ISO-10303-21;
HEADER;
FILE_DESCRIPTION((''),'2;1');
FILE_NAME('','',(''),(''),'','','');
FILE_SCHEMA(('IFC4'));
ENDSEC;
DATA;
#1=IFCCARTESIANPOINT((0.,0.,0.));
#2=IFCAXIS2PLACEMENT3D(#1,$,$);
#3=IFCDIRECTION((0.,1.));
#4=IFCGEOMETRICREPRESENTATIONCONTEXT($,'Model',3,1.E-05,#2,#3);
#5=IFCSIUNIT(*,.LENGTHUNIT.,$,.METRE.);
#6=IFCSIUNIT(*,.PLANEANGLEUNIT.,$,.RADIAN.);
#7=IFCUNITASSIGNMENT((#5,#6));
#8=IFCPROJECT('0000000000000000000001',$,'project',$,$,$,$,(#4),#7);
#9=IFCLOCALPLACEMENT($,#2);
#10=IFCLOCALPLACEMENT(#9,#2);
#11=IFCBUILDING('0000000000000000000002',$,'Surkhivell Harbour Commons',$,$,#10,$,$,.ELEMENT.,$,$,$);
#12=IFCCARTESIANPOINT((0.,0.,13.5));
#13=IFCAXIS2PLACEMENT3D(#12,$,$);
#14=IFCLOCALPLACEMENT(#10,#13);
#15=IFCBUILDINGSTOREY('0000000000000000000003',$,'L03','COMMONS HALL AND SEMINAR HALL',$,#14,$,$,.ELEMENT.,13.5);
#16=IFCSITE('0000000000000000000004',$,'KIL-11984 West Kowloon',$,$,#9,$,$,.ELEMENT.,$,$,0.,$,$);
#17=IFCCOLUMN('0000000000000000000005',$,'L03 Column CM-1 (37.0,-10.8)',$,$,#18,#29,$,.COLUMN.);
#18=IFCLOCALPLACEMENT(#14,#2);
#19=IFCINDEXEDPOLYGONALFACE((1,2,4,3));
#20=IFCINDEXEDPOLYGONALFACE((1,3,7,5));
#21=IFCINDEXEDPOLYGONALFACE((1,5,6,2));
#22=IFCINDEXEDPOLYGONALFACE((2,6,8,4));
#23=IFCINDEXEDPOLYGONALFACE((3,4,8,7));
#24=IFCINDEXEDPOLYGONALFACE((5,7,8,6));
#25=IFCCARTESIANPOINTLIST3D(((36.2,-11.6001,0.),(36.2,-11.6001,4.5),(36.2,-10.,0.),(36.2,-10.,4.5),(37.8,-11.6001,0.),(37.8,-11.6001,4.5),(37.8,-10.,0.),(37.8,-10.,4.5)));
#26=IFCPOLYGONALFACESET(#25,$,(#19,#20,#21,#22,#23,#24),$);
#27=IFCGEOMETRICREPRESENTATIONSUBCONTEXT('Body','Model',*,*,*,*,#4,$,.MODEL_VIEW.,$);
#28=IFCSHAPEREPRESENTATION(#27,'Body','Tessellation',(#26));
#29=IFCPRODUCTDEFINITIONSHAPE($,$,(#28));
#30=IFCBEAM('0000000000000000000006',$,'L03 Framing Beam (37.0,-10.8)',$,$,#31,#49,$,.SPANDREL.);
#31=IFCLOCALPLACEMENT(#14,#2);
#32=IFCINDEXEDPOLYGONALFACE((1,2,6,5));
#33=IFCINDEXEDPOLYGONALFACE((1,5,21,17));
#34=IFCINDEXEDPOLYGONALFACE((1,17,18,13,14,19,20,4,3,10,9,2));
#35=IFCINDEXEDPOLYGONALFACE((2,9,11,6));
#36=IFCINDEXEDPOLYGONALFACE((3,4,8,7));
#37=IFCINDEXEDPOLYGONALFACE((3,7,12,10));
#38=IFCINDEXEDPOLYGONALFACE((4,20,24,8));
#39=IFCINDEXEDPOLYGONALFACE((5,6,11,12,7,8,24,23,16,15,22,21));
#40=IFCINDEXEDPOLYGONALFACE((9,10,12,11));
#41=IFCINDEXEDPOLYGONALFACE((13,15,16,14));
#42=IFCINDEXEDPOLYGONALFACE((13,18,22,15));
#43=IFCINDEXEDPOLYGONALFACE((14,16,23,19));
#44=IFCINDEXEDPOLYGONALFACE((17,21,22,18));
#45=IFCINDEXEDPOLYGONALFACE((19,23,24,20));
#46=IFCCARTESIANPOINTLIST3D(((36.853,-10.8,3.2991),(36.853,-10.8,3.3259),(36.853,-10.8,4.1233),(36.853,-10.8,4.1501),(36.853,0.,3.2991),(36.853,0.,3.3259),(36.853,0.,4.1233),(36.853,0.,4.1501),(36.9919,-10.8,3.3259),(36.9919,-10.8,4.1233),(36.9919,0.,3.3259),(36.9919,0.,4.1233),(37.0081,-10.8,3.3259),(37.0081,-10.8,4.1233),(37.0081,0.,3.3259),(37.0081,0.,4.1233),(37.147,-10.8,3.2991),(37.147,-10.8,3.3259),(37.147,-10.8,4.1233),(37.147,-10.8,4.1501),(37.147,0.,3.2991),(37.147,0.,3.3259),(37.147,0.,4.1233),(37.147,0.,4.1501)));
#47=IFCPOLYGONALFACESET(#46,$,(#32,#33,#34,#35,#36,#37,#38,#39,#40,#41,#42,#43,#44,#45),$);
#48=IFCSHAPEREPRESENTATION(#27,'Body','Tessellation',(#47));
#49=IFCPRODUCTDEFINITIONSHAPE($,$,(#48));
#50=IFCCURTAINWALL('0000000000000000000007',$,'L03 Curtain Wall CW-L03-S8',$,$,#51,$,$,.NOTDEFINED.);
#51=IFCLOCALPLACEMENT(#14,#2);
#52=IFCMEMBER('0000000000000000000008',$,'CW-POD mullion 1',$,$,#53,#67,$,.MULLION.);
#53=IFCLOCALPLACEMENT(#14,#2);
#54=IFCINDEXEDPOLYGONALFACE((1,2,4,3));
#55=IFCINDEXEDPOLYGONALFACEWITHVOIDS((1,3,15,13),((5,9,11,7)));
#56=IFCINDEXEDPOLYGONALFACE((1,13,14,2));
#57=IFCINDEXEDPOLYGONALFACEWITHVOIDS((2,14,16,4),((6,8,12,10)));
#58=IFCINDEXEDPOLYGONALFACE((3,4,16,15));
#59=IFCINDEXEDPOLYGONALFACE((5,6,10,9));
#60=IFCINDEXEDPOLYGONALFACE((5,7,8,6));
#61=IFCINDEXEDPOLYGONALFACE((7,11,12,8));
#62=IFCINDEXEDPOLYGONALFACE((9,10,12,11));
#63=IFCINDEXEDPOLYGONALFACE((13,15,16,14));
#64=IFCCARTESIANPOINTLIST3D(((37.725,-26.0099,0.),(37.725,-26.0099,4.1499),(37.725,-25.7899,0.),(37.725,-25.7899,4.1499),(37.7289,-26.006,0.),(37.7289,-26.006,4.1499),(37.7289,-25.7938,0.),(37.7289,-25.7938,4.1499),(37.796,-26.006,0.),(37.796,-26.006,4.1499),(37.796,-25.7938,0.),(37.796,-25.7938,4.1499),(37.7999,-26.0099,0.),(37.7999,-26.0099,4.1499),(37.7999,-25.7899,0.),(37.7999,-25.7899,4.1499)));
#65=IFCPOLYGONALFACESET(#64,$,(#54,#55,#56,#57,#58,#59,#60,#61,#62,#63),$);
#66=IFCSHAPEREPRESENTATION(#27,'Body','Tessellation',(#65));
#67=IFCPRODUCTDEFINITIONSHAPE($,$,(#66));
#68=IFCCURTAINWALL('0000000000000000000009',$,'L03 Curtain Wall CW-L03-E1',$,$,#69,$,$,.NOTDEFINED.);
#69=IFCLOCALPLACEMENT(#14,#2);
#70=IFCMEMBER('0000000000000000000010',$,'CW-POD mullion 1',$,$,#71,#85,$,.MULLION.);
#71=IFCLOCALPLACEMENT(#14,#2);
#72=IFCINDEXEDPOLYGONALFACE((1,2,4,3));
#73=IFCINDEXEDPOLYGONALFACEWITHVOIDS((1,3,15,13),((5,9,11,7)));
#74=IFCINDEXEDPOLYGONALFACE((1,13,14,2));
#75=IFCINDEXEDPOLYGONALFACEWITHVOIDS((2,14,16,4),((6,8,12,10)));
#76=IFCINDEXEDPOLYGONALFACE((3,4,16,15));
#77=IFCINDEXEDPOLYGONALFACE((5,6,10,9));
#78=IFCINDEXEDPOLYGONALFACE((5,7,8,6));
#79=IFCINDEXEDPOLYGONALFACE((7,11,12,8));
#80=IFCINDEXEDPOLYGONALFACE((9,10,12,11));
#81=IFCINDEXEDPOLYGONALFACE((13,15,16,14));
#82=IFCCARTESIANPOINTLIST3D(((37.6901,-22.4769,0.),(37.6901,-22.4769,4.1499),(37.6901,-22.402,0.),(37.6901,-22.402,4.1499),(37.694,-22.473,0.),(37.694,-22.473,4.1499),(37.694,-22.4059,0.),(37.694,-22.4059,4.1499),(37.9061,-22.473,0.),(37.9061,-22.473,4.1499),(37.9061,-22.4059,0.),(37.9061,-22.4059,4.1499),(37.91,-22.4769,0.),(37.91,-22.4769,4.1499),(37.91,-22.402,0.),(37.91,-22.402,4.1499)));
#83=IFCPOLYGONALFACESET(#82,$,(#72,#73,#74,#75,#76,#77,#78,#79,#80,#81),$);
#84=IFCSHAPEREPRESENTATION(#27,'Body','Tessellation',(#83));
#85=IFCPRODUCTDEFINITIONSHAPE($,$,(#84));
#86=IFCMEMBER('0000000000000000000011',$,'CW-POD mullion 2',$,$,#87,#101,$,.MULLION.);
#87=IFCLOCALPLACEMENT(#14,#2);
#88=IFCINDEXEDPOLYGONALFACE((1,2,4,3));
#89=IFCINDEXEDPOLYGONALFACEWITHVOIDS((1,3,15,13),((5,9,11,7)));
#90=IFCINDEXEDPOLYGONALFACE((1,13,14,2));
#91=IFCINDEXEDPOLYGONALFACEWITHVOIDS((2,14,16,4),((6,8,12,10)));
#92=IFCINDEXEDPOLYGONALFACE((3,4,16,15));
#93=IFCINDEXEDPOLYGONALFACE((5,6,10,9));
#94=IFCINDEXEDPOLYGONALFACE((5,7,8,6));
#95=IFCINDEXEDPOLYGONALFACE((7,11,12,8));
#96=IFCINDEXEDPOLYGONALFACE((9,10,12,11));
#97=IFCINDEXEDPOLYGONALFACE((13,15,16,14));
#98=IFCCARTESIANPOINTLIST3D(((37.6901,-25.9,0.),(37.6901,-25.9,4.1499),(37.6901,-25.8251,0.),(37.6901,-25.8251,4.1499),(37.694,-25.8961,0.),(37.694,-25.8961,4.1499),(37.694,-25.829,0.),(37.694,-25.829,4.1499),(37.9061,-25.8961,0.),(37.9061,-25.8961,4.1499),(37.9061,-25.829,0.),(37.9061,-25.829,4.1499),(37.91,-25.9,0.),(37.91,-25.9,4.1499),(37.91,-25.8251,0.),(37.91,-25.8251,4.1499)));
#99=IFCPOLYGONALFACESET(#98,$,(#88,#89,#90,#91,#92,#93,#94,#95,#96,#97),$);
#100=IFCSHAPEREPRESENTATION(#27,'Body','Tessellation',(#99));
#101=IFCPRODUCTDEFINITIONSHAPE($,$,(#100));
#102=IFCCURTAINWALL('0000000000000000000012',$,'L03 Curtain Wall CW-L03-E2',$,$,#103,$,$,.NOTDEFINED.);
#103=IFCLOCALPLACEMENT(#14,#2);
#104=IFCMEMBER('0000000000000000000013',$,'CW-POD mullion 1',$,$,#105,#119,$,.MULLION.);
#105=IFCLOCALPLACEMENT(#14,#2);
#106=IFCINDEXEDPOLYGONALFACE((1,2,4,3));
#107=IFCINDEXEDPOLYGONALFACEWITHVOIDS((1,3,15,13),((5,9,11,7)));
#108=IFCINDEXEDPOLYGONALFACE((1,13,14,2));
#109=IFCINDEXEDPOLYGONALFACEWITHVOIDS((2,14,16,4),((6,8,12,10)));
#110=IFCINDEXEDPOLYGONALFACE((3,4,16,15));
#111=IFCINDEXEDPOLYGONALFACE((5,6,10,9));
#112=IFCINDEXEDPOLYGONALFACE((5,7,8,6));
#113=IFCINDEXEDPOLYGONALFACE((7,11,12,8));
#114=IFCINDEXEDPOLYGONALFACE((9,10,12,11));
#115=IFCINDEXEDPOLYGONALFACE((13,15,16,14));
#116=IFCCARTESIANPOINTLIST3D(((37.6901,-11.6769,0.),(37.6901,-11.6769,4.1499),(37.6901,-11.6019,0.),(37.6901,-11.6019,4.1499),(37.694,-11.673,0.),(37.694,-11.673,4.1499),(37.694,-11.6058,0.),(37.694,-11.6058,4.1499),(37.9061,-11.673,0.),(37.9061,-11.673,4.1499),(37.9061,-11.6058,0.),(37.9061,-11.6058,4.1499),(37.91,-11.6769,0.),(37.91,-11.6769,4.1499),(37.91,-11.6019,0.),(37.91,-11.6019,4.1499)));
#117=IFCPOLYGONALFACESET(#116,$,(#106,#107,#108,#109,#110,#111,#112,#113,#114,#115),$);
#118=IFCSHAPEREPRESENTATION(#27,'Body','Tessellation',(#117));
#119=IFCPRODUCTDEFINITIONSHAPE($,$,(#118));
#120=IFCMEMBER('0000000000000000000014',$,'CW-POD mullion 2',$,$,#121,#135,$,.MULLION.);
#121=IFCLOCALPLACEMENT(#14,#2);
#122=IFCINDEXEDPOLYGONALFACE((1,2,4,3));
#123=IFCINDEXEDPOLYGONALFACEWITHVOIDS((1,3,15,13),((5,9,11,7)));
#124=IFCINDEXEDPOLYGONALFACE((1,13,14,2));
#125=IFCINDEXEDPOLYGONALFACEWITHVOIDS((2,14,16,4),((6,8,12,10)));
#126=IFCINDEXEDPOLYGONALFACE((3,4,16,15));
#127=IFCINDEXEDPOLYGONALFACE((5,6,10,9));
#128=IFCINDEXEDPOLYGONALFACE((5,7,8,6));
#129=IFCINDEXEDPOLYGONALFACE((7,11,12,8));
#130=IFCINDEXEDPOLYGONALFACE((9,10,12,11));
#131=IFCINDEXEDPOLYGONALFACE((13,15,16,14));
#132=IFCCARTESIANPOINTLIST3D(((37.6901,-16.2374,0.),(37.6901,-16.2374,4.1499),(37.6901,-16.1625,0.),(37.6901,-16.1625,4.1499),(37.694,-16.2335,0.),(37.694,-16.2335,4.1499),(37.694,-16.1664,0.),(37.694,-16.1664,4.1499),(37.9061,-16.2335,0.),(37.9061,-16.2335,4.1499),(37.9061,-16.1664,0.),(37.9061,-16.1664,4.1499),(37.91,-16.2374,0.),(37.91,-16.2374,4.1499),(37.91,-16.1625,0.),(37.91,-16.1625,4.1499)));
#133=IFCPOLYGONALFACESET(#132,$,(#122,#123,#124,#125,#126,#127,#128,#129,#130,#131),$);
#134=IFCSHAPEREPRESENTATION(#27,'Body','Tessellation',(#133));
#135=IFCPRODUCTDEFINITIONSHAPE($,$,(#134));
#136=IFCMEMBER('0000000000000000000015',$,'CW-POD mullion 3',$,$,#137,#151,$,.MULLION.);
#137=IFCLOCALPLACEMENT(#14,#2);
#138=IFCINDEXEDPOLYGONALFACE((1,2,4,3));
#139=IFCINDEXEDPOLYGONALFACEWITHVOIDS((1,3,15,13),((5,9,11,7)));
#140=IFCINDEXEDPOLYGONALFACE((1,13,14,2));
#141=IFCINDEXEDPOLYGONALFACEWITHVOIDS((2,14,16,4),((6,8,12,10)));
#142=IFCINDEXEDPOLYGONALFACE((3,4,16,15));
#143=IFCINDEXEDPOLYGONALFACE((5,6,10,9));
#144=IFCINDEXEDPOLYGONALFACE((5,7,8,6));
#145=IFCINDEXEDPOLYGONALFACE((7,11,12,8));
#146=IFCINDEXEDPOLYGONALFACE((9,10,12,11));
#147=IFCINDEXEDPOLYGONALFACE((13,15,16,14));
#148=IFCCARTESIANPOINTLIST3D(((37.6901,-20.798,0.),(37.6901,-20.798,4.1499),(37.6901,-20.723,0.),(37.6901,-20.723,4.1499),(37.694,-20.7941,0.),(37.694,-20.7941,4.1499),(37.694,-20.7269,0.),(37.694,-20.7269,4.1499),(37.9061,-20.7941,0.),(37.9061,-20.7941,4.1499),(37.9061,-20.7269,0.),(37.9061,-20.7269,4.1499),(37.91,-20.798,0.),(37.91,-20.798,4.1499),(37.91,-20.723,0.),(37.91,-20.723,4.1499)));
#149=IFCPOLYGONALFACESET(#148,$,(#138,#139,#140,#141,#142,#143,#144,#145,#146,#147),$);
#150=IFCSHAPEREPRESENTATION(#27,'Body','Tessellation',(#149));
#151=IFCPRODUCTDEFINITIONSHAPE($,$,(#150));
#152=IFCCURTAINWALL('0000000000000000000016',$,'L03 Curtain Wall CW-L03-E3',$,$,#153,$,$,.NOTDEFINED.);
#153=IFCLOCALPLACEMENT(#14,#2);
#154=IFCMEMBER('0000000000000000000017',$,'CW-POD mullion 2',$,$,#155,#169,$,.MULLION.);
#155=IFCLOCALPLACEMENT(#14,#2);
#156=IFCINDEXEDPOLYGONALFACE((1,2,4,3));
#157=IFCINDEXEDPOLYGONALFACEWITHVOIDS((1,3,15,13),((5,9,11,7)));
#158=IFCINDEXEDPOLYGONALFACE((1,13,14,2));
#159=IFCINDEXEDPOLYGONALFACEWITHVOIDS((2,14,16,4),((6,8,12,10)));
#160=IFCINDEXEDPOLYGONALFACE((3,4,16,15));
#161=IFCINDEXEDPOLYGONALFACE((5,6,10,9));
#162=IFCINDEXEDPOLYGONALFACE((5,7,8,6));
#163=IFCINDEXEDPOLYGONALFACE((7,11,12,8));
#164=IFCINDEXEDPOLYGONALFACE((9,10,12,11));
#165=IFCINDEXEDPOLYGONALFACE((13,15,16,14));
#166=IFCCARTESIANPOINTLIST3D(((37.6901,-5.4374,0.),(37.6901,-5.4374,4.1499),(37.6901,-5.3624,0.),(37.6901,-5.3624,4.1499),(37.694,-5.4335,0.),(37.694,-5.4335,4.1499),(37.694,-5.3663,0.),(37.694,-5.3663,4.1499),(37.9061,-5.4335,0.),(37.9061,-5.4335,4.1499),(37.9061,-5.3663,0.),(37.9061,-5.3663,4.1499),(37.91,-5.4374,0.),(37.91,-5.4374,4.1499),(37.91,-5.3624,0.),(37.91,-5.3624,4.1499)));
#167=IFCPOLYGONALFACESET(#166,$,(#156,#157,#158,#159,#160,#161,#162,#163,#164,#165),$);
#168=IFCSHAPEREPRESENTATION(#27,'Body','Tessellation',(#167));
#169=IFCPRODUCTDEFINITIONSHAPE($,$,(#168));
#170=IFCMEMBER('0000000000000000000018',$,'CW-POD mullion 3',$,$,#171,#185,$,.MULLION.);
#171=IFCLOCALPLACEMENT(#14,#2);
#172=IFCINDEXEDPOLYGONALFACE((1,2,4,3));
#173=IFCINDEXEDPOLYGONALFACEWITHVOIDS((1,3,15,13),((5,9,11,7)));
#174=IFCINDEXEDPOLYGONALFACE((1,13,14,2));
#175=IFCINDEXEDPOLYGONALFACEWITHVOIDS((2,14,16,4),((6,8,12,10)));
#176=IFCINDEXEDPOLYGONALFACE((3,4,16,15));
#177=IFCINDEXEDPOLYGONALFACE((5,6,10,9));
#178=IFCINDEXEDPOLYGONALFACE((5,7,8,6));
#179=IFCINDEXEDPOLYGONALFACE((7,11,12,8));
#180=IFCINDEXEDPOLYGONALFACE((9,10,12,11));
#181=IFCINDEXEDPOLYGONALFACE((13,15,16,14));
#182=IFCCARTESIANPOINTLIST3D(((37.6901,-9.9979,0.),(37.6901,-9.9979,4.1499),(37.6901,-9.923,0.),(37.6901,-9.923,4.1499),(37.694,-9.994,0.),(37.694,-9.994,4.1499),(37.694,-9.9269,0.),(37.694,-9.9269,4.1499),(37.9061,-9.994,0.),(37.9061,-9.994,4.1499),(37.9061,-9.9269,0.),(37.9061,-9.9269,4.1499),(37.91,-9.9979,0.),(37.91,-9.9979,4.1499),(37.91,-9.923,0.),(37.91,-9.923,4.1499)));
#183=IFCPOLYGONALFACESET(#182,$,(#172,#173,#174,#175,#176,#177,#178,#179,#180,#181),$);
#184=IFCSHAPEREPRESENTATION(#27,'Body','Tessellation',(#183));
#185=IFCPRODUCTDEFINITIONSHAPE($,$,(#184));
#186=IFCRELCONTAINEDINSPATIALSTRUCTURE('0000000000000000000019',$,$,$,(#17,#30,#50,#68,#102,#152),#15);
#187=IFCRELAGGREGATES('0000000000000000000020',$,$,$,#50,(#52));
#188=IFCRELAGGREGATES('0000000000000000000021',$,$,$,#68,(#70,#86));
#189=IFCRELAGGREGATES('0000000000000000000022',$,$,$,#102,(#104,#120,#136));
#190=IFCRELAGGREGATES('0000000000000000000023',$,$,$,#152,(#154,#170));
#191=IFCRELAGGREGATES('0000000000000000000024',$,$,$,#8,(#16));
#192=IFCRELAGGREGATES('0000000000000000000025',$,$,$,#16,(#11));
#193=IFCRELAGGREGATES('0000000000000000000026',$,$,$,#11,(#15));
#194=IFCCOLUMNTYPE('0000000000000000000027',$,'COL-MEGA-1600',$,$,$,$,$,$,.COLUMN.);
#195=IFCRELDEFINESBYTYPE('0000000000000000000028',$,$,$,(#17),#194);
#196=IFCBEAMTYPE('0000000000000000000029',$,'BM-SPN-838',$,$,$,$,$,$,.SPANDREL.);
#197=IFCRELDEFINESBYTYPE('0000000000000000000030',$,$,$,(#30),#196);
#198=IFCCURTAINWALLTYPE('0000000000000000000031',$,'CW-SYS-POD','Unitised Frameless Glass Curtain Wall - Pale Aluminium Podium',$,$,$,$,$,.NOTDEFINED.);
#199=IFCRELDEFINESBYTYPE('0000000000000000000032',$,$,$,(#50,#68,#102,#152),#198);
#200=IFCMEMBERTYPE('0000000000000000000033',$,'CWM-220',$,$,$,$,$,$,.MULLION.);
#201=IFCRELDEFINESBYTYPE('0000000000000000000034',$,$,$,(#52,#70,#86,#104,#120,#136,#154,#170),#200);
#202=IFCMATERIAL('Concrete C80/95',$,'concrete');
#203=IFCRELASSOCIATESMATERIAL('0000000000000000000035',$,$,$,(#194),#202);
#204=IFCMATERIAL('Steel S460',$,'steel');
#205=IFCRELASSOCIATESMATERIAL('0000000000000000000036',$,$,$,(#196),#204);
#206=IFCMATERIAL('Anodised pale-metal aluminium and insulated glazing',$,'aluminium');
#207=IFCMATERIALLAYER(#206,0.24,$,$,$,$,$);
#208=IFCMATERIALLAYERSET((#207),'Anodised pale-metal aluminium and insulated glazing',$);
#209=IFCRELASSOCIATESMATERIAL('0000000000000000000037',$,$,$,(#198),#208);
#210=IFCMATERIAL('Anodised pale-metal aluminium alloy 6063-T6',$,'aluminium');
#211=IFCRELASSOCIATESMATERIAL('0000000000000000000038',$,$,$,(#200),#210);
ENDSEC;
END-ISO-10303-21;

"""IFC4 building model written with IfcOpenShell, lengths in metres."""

from ifc_helpers import new_model, si_unit, direction, frame, origin, origin_2d, place, context, subcontext, project, spatial, rectangle, hollow_rectangle, i_section, extrude, material, layer, layer_set, material_profile, profile_set, type_object, element, aggregate, save


model = new_model("IFC4")

# Units and contexts
model_context = context("Model", 3, precision=1e-05, world=origin(), true_north=direction((0.0, 1.0)))
body_context = subcontext(model_context, "Body", "Model", "MODEL_VIEW")
ifc_project = project(units=[si_unit("LENGTHUNIT", "METRE"), si_unit("PLANEANGLEUNIT", "RADIAN")], contexts=[model_context])

# Site, building, storey
site_placement = place(None, origin())
site = spatial("IfcSite", under=ifc_project, at=site_placement, Name="KIL-11984 West Kowloon", CompositionType="ELEMENT", RefElevation=0.0)
building_placement = place(site_placement, origin())
building = spatial("IfcBuilding", under=site, at=building_placement, Name="Surkhivell Harbour Commons", CompositionType="ELEMENT")
storey_placement = place(building_placement, frame((0.0, 0.0, 13.5)))
storey = spatial("IfcBuildingStorey", under=building, at=storey_placement, Name="L03", Description="COMMONS HALL AND SEMINAR HALL", CompositionType="ELEMENT", Elevation=13.5)

# Column
ifc_material_1 = material(Name="Concrete C80/95", Category="concrete")
ifc_material_profile_1 = material_profile(ifc_material_1, rectangle(XDim=1.6001, YDim=1.6001, at=origin_2d()), Name="RC-COL-1600x1600")
ifc_profile_set_1 = profile_set([ifc_material_profile_1], Name="Concrete C80/95")
column_type = type_object("IfcColumnType", Name="COL-MEGA-1600", PredefinedType="COLUMN", material=ifc_profile_set_1)
column_placement = place(storey_placement, frame((37.0, -10.8, 0.0), z_axis=(0.0, 0.0, 1.0), x_axis=(1.0, 0.0, 0.0)))
element("IfcColumn", 1, at=column_placement, inside=storey, type_object=column_type, Name="L03 Column CM-1 (37.0,-10.8)", PredefinedType="COLUMN", context=body_context, shape_type="SweptSolid", body=[
    extrude(rectangle(XDim=1.6001, YDim=1.6001, at=origin_2d()), origin(), (0.0, 0.0, 1.0), 4.5),
])

# Beam
ifc_material_2 = material(Name="Steel S460", Category="steel")
ifc_material_profile_2 = material_profile(ifc_material_2, i_section(OverallWidth=0.2939, OverallDepth=0.8511, WebThickness=0.0161, FlangeThickness=0.0269, at=origin_2d()), Name="UB838x292x226")
ifc_profile_set_2 = profile_set([ifc_material_profile_2], Name="Steel S460")
beam_type = type_object("IfcBeamType", Name="BM-SPN-838", PredefinedType="SPANDREL", material=ifc_profile_set_2)
beam_placement = place(storey_placement, frame((37.0, -10.8, 3.7246), z_axis=(0.0, 1.0, 0.0), x_axis=(-1.0, 0.0, 0.0)))
element("IfcBeam", 2, at=beam_placement, inside=storey, type_object=beam_type, Name="L03 Framing Beam (37.0,-10.8)", PredefinedType="SPANDREL", context=body_context, shape_type="SweptSolid", body=[
    extrude(i_section(OverallWidth=0.2939, OverallDepth=0.8511, WebThickness=0.0161, FlangeThickness=0.0269, at=origin_2d()), origin(), (0.0, 0.0, 1.0), 10.8),
])

# Curtain wall, member
ifc_material_3 = material(Name="Anodised pale-metal aluminium and insulated glazing", Category="aluminium")
ifc_layer_1 = layer(ifc_material_3, 0.24)
ifc_layer_set_1 = layer_set([ifc_layer_1], Name="Anodised pale-metal aluminium and insulated glazing")
curtain_wall_type = type_object("IfcCurtainWallType", Name="CW-SYS-POD", Description="Unitised Frameless Glass Curtain Wall - Pale Aluminium Podium", PredefinedType="NOTDEFINED", material=ifc_layer_set_1)
curtain_wall_1_placement = place(storey_placement, origin())
curtain_wall_1 = element("IfcCurtainWall", 3, at=curtain_wall_1_placement, inside=storey, type_object=curtain_wall_type, Name="L03 Curtain Wall CW-L03-S8", PredefinedType="NOTDEFINED")
ifc_material_4 = material(Name="Anodised pale-metal aluminium alloy 6063-T6", Category="aluminium")
ifc_material_profile_3 = material_profile(ifc_material_4, hollow_rectangle(XDim=0.075, YDim=0.22, WallThickness=0.0039, at=origin_2d()), Name="ALU-MULL-75x220")
ifc_profile_set_3 = profile_set([ifc_material_profile_3], Name="Anodised pale-metal aluminium alloy 6063-T6")
member_type_1 = type_object("IfcMemberType", Name="CWM-220", PredefinedType="MULLION", material=ifc_profile_set_3)
member_1_placement = place(storey_placement, frame((37.7625, -25.8999, 0.0), z_axis=(0.0, 0.0, 1.0), x_axis=(-1.0, 0.0, 0.0)))
member_1 = element("IfcMember", 4, at=member_1_placement, type_object=member_type_1, Name="CW-POD mullion 1", PredefinedType="MULLION", context=body_context, shape_type="SweptSolid", body=[
    extrude(hollow_rectangle(XDim=0.075, YDim=0.22, WallThickness=0.0039, at=origin_2d()), origin(), (0.0, 0.0, 1.0), 4.1499),
])

# Curtain walls, members
curtain_wall_2_placement = place(storey_placement, origin())
curtain_wall_2 = element("IfcCurtainWall", 5, at=curtain_wall_2_placement, inside=storey, type_object=curtain_wall_type, Name="L03 Curtain Wall CW-L03-E1", PredefinedType="NOTDEFINED")
member_2_placement = place(storey_placement, frame((37.8, -22.4395, 0.0), z_axis=(0.0, 0.0, 1.0), x_axis=(0.0, -1.0, 0.0)))
member_2 = element("IfcMember", 6, at=member_2_placement, type_object=member_type_1, Name="CW-POD mullion 1", PredefinedType="MULLION", context=body_context, shape_type="SweptSolid", body=[
    extrude(hollow_rectangle(XDim=0.075, YDim=0.22, WallThickness=0.0039, at=origin_2d()), origin(), (0.0, 0.0, 1.0), 4.1499),
])
member_3_placement = place(storey_placement, frame((37.8, -25.8625, 0.0), z_axis=(0.0, 0.0, 1.0), x_axis=(0.0, -1.0, 0.0)))
member_3 = element("IfcMember", 7, at=member_3_placement, type_object=member_type_1, Name="CW-POD mullion 2", PredefinedType="MULLION", context=body_context, shape_type="SweptSolid", body=[
    extrude(hollow_rectangle(XDim=0.075, YDim=0.22, WallThickness=0.0039, at=origin_2d()), origin(), (0.0, 0.0, 1.0), 4.1499),
])
curtain_wall_3_placement = place(storey_placement, origin())
curtain_wall_3 = element("IfcCurtainWall", 8, at=curtain_wall_3_placement, inside=storey, type_object=curtain_wall_type, Name="L03 Curtain Wall CW-L03-E2", PredefinedType="NOTDEFINED")
member_4_placement = place(storey_placement, frame((37.8, -11.6394, 0.0), z_axis=(0.0, 0.0, 1.0), x_axis=(0.0, -1.0, 0.0)))
member_4 = element("IfcMember", 9, at=member_4_placement, type_object=member_type_1, Name="CW-POD mullion 1", PredefinedType="MULLION", context=body_context, shape_type="SweptSolid", body=[
    extrude(hollow_rectangle(XDim=0.075, YDim=0.22, WallThickness=0.0039, at=origin_2d()), origin(), (0.0, 0.0, 1.0), 4.1499),
])
member_5_placement = place(storey_placement, frame((37.8, -16.2, 0.0), z_axis=(0.0, 0.0, 1.0), x_axis=(0.0, -1.0, 0.0)))
member_5 = element("IfcMember", 10, at=member_5_placement, type_object=member_type_1, Name="CW-POD mullion 2", PredefinedType="MULLION", context=body_context, shape_type="SweptSolid", body=[
    extrude(hollow_rectangle(XDim=0.075, YDim=0.22, WallThickness=0.0039, at=origin_2d()), origin(), (0.0, 0.0, 1.0), 4.1499),
])
member_6_placement = place(storey_placement, frame((37.8, -20.7605, 0.0), z_axis=(0.0, 0.0, 1.0), x_axis=(0.0, -1.0, 0.0)))
member_6 = element("IfcMember", 11, at=member_6_placement, type_object=member_type_1, Name="CW-POD mullion 3", PredefinedType="MULLION", context=body_context, shape_type="SweptSolid", body=[
    extrude(hollow_rectangle(XDim=0.075, YDim=0.22, WallThickness=0.0039, at=origin_2d()), origin(), (0.0, 0.0, 1.0), 4.1499),
])
curtain_wall_4_placement = place(storey_placement, origin())
curtain_wall_4 = element("IfcCurtainWall", 12, at=curtain_wall_4_placement, inside=storey, type_object=curtain_wall_type, Name="L03 Curtain Wall CW-L03-E3", PredefinedType="NOTDEFINED")
member_7_placement = place(storey_placement, frame((37.8, -5.3999, 0.0), z_axis=(0.0, 0.0, 1.0), x_axis=(0.0, -1.0, 0.0)))
member_7 = element("IfcMember", 13, at=member_7_placement, type_object=member_type_1, Name="CW-POD mullion 2", PredefinedType="MULLION", context=body_context, shape_type="SweptSolid", body=[
    extrude(hollow_rectangle(XDim=0.075, YDim=0.22, WallThickness=0.0039, at=origin_2d()), origin(), (0.0, 0.0, 1.0), 4.1499),
])
member_8_placement = place(storey_placement, frame((37.8, -9.9604, 0.0), z_axis=(0.0, 0.0, 1.0), x_axis=(0.0, -1.0, 0.0)))
member_8 = element("IfcMember", 14, at=member_8_placement, type_object=member_type_1, Name="CW-POD mullion 3", PredefinedType="MULLION", context=body_context, shape_type="SweptSolid", body=[
    extrude(hollow_rectangle(XDim=0.075, YDim=0.22, WallThickness=0.0039, at=origin_2d()), origin(), (0.0, 0.0, 1.0), 4.1499),
])

aggregate(curtain_wall_1, [member_1])
aggregate(curtain_wall_2, [member_2, member_3])
aggregate(curtain_wall_3, [member_4, member_5, member_6])
aggregate(curtain_wall_4, [member_7, member_8])

save(model, "model.ifc")
